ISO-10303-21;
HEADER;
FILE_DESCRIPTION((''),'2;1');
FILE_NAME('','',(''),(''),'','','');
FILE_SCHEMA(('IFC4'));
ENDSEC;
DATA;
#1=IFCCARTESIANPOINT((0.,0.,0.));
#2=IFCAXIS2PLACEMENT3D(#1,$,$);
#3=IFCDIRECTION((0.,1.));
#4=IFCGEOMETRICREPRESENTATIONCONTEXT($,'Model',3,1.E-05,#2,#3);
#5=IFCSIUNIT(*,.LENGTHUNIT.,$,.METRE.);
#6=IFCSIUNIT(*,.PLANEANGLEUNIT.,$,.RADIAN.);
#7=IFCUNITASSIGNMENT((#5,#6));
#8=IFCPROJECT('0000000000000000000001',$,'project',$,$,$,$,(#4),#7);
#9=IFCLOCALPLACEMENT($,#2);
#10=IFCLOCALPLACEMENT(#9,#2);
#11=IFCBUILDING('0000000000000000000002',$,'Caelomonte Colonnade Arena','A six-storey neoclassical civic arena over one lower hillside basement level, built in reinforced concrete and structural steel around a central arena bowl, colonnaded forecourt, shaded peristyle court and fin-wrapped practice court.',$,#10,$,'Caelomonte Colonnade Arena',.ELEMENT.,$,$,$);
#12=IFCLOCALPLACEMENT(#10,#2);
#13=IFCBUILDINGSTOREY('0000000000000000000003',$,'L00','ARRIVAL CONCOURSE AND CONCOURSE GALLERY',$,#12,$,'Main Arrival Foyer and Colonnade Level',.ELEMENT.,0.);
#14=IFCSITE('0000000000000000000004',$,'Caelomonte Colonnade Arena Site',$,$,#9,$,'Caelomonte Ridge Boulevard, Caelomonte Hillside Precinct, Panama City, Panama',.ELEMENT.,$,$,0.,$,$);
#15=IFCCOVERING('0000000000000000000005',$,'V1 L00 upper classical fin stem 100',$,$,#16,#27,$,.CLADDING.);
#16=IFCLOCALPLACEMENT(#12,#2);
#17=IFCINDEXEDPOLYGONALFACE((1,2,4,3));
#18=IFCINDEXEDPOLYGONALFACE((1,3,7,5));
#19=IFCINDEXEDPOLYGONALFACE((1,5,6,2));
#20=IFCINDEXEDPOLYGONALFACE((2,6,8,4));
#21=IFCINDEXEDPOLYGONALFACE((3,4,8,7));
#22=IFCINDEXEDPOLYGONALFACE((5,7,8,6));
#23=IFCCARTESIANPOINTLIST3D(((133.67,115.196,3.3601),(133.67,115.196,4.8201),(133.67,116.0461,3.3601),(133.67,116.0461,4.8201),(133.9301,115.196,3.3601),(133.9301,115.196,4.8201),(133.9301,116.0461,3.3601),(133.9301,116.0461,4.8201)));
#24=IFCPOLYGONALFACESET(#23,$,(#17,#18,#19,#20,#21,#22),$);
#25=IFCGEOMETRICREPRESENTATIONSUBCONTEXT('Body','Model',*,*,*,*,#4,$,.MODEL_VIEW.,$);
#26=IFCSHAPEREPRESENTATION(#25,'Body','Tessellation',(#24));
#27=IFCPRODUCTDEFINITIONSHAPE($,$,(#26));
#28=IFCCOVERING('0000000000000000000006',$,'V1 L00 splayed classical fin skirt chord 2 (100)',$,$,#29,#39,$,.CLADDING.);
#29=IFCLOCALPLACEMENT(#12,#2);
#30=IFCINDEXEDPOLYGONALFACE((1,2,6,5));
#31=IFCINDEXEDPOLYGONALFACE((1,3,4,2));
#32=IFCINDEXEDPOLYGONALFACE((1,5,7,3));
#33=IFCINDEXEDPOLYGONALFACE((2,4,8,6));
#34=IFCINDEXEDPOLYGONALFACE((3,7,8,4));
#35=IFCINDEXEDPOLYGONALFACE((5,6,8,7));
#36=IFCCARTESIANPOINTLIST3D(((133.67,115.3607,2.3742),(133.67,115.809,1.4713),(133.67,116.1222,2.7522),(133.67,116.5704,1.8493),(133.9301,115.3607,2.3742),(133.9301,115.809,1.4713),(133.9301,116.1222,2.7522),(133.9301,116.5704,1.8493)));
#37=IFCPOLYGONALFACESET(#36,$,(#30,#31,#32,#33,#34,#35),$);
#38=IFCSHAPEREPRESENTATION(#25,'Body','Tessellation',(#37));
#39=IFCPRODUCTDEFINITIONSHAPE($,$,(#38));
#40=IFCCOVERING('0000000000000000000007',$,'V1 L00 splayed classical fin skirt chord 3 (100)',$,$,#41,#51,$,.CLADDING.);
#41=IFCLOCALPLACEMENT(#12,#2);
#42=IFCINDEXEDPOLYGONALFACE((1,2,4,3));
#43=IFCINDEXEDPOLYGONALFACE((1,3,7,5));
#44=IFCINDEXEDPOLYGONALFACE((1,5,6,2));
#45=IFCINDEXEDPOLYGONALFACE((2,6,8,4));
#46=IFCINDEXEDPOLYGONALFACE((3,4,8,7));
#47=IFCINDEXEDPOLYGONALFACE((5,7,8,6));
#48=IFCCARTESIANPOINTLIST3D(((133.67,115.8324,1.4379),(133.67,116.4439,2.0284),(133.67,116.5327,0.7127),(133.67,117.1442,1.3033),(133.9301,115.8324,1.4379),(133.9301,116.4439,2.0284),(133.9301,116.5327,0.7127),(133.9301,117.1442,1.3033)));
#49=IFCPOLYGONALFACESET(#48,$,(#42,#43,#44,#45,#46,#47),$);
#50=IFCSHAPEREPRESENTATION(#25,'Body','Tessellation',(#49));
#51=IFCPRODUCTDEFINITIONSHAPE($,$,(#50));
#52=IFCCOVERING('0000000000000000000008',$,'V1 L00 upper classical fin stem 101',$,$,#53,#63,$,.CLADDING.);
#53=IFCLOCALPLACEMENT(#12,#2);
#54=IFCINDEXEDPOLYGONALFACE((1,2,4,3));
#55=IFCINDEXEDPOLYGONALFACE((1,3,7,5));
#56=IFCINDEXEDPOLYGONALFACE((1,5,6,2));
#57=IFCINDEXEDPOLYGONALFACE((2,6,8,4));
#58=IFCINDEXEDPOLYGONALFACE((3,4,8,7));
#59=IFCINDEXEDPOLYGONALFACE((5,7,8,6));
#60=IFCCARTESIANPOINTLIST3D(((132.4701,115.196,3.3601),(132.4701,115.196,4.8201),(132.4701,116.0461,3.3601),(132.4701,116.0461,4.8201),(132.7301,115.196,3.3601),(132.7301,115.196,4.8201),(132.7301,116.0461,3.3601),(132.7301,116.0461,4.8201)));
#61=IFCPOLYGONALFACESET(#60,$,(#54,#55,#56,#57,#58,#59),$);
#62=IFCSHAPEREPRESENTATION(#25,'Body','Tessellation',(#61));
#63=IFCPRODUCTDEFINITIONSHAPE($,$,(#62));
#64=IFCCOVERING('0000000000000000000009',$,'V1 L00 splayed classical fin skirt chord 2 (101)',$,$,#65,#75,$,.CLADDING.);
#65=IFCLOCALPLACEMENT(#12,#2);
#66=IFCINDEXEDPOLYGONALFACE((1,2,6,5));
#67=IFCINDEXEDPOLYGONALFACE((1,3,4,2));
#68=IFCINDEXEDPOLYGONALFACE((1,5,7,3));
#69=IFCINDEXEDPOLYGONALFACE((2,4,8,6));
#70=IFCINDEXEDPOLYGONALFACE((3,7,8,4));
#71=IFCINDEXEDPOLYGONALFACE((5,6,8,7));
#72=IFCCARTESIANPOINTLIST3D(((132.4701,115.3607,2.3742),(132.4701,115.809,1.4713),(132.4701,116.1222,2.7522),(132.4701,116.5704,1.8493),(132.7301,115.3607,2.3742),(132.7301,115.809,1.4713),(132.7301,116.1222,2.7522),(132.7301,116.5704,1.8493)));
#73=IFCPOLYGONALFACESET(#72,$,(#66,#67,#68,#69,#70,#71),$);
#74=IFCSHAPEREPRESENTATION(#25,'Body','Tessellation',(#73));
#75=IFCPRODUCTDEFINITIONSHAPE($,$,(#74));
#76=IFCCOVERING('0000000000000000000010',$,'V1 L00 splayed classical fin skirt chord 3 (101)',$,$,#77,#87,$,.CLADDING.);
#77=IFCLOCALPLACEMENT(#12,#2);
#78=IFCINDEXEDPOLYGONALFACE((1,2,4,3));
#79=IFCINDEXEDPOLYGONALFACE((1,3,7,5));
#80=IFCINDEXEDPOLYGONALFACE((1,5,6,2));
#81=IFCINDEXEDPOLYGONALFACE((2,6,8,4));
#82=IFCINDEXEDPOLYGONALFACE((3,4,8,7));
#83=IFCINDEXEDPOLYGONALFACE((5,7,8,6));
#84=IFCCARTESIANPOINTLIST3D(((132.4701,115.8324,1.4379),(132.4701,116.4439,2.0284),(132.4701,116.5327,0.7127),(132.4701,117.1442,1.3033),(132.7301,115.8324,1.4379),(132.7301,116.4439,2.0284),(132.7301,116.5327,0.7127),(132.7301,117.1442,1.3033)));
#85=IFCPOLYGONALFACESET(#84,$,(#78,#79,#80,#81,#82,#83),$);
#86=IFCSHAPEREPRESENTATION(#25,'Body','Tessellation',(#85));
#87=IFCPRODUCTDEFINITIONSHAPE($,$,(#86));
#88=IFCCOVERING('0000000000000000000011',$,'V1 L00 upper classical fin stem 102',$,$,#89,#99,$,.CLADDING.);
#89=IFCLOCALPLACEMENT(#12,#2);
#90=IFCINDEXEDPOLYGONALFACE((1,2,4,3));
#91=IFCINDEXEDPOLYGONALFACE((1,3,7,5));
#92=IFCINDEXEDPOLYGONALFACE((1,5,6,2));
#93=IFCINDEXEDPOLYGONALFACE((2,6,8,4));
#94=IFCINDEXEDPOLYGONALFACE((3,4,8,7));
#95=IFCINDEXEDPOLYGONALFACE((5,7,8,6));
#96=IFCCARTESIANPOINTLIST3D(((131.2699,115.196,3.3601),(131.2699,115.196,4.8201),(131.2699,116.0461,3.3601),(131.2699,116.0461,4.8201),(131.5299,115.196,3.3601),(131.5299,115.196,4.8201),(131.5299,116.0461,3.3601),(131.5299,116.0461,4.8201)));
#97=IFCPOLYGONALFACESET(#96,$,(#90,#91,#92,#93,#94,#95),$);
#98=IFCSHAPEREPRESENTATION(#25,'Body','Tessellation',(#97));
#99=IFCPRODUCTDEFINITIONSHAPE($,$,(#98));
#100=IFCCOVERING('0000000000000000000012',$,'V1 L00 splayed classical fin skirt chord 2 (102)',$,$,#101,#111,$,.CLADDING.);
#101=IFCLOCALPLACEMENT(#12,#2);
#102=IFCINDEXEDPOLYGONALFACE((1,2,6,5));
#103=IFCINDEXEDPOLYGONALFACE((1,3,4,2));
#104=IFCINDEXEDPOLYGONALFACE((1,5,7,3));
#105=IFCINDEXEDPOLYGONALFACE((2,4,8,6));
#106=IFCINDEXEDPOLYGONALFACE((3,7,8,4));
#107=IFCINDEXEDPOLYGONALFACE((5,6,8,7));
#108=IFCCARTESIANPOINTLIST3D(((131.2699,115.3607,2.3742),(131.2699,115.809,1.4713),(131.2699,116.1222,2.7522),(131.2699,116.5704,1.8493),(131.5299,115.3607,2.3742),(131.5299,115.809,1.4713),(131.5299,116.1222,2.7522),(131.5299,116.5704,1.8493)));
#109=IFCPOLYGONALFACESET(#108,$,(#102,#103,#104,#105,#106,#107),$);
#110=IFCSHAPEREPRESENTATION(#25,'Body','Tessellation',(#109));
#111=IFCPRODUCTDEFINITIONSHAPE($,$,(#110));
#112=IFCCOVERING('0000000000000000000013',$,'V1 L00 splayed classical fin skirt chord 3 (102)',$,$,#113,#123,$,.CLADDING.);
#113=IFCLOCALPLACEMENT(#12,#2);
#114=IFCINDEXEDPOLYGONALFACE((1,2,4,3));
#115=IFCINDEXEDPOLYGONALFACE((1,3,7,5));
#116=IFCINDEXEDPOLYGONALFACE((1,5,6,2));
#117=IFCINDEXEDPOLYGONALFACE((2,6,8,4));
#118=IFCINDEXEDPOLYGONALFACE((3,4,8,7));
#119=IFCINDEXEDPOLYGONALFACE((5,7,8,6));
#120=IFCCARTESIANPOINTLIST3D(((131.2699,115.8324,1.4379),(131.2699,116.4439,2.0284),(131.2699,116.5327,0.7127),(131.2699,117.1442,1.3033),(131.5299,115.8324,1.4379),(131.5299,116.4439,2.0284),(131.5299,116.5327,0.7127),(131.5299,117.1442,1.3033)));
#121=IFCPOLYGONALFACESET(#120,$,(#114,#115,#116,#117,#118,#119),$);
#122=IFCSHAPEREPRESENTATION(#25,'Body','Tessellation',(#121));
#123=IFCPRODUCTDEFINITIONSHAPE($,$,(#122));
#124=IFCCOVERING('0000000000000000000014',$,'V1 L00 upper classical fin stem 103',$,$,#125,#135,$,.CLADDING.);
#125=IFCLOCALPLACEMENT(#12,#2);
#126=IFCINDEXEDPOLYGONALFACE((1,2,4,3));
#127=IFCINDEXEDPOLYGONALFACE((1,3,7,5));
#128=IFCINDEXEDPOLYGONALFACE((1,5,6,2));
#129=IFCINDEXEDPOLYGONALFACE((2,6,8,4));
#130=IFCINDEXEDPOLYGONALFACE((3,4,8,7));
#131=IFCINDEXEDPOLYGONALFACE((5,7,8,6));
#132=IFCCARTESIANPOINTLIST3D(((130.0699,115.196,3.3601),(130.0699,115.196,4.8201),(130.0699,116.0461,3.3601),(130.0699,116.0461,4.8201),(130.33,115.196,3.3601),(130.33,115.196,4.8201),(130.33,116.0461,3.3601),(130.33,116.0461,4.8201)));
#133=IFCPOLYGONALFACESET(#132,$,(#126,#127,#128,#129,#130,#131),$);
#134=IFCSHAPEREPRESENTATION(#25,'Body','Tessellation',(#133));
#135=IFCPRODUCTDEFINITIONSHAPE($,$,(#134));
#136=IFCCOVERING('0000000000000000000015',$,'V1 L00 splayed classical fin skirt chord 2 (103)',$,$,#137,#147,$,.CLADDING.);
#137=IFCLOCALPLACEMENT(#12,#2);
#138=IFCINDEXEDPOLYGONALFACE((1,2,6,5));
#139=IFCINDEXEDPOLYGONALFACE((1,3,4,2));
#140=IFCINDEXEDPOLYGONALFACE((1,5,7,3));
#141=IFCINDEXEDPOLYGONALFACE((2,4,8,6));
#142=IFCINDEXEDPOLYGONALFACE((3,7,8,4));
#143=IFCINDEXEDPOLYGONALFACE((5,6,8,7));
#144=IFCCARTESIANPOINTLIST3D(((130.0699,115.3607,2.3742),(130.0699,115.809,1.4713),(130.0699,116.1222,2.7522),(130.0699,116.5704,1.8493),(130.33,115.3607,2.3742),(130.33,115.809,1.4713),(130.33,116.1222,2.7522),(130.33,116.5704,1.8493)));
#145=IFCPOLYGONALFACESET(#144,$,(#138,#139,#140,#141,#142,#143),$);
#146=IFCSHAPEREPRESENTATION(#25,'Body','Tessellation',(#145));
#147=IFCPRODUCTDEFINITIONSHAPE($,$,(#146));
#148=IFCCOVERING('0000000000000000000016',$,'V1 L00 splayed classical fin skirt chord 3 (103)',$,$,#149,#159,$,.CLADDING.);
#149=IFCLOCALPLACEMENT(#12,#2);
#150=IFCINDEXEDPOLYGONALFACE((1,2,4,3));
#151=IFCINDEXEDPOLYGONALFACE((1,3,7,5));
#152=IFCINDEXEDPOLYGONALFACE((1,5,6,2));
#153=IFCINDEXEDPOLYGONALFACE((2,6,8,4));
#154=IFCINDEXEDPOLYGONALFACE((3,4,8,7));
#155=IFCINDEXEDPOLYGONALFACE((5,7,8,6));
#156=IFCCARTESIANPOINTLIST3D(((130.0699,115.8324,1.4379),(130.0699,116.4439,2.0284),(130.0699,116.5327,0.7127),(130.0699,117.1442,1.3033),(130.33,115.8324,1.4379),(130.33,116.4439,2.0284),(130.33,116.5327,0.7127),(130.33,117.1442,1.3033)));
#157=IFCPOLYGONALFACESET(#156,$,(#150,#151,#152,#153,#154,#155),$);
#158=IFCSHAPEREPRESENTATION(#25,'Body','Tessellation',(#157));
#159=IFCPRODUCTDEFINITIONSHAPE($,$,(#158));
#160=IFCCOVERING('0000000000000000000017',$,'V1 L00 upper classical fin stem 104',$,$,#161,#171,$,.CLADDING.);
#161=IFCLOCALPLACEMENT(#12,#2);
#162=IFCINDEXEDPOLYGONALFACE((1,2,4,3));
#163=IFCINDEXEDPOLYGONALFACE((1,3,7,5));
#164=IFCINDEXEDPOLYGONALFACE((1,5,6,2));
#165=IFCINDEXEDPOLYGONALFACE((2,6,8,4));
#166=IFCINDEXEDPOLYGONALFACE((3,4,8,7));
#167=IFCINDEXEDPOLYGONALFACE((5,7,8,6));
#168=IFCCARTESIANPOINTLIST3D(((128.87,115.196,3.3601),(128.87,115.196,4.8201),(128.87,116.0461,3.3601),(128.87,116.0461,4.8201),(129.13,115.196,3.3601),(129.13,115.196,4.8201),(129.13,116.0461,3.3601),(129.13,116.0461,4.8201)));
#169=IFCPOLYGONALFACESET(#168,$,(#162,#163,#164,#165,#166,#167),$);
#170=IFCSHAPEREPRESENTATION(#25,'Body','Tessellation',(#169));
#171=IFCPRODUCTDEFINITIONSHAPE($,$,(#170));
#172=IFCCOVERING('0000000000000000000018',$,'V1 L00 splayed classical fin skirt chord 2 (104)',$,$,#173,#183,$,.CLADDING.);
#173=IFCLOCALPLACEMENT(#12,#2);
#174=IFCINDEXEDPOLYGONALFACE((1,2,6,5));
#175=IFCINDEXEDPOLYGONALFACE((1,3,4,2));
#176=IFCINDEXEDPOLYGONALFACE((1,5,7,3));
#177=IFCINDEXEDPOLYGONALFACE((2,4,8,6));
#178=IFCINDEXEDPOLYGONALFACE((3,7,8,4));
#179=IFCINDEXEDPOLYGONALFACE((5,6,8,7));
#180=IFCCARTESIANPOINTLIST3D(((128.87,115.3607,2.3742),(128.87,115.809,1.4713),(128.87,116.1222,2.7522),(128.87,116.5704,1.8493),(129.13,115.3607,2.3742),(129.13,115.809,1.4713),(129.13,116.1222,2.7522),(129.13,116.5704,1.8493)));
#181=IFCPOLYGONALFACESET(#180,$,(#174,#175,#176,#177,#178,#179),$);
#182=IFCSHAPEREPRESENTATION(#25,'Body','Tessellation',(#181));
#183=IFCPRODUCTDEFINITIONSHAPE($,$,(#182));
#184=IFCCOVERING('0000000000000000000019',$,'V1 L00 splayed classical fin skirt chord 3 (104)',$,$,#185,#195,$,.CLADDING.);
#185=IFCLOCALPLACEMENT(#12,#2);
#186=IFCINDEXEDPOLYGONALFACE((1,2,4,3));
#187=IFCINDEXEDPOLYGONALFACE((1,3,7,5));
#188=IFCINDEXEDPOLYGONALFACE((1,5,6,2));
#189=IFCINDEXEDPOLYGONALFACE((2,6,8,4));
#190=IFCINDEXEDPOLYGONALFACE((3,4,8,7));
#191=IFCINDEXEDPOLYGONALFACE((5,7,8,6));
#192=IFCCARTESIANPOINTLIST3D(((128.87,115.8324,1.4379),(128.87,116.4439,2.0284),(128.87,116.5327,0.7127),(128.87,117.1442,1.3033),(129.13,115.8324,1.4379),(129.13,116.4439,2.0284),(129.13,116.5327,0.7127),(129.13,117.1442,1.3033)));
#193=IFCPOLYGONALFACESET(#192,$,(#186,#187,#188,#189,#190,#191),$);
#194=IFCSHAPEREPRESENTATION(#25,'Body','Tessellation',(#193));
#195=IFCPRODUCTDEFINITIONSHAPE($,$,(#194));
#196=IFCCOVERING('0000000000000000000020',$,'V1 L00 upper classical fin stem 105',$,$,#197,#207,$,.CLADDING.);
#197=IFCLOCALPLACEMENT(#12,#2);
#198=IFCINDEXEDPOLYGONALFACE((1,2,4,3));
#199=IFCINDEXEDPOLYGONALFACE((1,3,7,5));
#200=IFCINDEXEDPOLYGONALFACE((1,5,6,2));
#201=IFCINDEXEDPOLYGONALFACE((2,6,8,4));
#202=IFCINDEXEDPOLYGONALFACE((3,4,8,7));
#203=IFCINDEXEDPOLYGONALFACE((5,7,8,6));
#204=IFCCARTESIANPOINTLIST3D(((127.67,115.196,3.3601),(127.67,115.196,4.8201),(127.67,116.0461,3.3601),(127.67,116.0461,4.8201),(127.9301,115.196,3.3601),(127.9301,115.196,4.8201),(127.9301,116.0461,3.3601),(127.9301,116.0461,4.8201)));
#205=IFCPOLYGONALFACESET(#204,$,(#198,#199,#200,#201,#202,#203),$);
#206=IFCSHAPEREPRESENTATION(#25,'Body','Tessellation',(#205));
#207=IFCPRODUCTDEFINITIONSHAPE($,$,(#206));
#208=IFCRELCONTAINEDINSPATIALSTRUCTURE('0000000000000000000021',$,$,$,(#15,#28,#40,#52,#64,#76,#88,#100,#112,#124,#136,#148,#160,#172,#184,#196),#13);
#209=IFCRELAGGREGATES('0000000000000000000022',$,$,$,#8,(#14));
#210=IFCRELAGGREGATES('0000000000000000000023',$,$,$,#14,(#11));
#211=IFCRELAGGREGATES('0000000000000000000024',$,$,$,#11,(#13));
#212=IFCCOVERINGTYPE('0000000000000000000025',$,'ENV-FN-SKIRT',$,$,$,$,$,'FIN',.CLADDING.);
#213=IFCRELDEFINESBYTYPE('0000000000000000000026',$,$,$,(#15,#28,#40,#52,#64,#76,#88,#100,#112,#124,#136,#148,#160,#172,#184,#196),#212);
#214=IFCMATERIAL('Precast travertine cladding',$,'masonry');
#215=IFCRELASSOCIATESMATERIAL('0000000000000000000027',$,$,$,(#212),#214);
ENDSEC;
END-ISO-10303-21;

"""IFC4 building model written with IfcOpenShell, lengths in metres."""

from ifc_helpers import new_model, si_unit, direction, frame, origin, origin_2d, place, context, subcontext, project, spatial, rectangle, extrude, material, material_profile, profile_set, type_object, element, save


model = new_model("IFC4")

# Units and contexts
model_context = context("Model", 3, precision=1e-05, world=origin(), true_north=direction((0.0, 1.0)))
body_context = subcontext(model_context, "Body", "Model", "MODEL_VIEW")
ifc_project = project(units=[si_unit("LENGTHUNIT", "METRE"), si_unit("PLANEANGLEUNIT", "RADIAN")], contexts=[model_context])

# Site, building, storey
site_placement = place(None, origin())
site = spatial("IfcSite", under=ifc_project, at=site_placement, Name="Caelomonte Colonnade Arena Site", LongName="Caelomonte Ridge Boulevard, Caelomonte Hillside Precinct, Panama City, Panama", CompositionType="ELEMENT", RefElevation=0.0)
building_placement = place(site_placement, origin())
building = spatial("IfcBuilding", under=site, at=building_placement, Name="Caelomonte Colonnade Arena", Description="A six-storey neoclassical civic arena over one lower hillside basement level, built in reinforced concrete and structural steel around a central arena bowl, colonnaded forecourt, shaded peristyle court and fin-wrapped practice court.", LongName="Caelomonte Colonnade Arena", CompositionType="ELEMENT")
storey_placement = place(building_placement, origin())
storey = spatial("IfcBuildingStorey", under=building, at=storey_placement, Name="L00", Description="ARRIVAL CONCOURSE AND CONCOURSE GALLERY", LongName="Main Arrival Foyer and Colonnade Level", CompositionType="ELEMENT", Elevation=0.0)

# Coverings
ifc_material = material(Name="Precast travertine cladding", Category="masonry")
ifc_material_profile = material_profile(ifc_material, rectangle(XDim=0.26, YDim=0.8501, at=origin_2d()), Name="FIN260X850")
ifc_profile_set = profile_set([ifc_material_profile], Name="Precast travertine cladding")
covering_type = type_object("IfcCoveringType", Name="ENV-FN-SKIRT", ElementType="FIN", PredefinedType="CLADDING", material=ifc_profile_set)
covering_1_placement = place(storey_placement, frame((133.8, 115.6211, 3.3601), z_axis=(0.0, 0.0, 1.0), x_axis=(1.0, 0.0, 0.0)))
element("IfcCovering", 1, at=covering_1_placement, inside=storey, type_object=covering_type, Name="V1 L00 upper classical fin stem 100", PredefinedType="CLADDING", context=body_context, shape_type="SweptSolid", body=[
    extrude(rectangle(XDim=0.26, YDim=0.8501, at=origin_2d()), origin(), (0.0, 0.0, 1.0), 1.46),
])
for number, where, z_axis, x_axis, name in (
    (2, (133.8, 115.7415, 2.5632), (0.0, 0.444693, -0.895683), (-1.0, 0.0, 0.0), "V1 L00 splayed classical fin skirt chord 2 (100)"),
    (3, (133.8, 116.1382, 1.7332), (0.0, 0.694646, -0.719351), (-1.0, 0.0, 0.0), "V1 L00 splayed classical fin skirt chord 3 (100)"),
):
    element("IfcCovering", number, at=place(storey_placement, frame(where, z_axis=z_axis, x_axis=x_axis)), inside=storey, type_object=covering_type, Name=name, PredefinedType="CLADDING", context=body_context, shape_type="SweptSolid", body=[
        extrude(rectangle(XDim=0.26, YDim=0.8501, at=origin_2d()), origin(), (0.0, 0.0, 1.0), 1.0081),
    ])
covering_2_placement = place(storey_placement, frame((132.6001, 115.6211, 3.3601), z_axis=(0.0, 0.0, 1.0), x_axis=(1.0, 0.0, 0.0)))
element("IfcCovering", 4, at=covering_2_placement, inside=storey, type_object=covering_type, Name="V1 L00 upper classical fin stem 101", PredefinedType="CLADDING", context=body_context, shape_type="SweptSolid", body=[
    extrude(rectangle(XDim=0.26, YDim=0.8501, at=origin_2d()), origin(), (0.0, 0.0, 1.0), 1.46),
])
for number, where, z_axis, x_axis, name in (
    (5, (132.6001, 115.7415, 2.5632), (0.0, 0.444693, -0.895683), (-1.0, 0.0, 0.0), "V1 L00 splayed classical fin skirt chord 2 (101)"),
    (6, (132.6001, 116.1382, 1.7332), (0.0, 0.694646, -0.719351), (-1.0, 0.0, 0.0), "V1 L00 splayed classical fin skirt chord 3 (101)"),
):
    element("IfcCovering", number, at=place(storey_placement, frame(where, z_axis=z_axis, x_axis=x_axis)), inside=storey, type_object=covering_type, Name=name, PredefinedType="CLADDING", context=body_context, shape_type="SweptSolid", body=[
        extrude(rectangle(XDim=0.26, YDim=0.8501, at=origin_2d()), origin(), (0.0, 0.0, 1.0), 1.0081),
    ])
covering_3_placement = place(storey_placement, frame((131.3999, 115.6211, 3.3601), z_axis=(0.0, 0.0, 1.0), x_axis=(1.0, 0.0, 0.0)))
element("IfcCovering", 7, at=covering_3_placement, inside=storey, type_object=covering_type, Name="V1 L00 upper classical fin stem 102", PredefinedType="CLADDING", context=body_context, shape_type="SweptSolid", body=[
    extrude(rectangle(XDim=0.26, YDim=0.8501, at=origin_2d()), origin(), (0.0, 0.0, 1.0), 1.46),
])
for number, where, z_axis, x_axis, name in (
    (8, (131.3999, 115.7415, 2.5632), (0.0, 0.444693, -0.895683), (-1.0, 0.0, 0.0), "V1 L00 splayed classical fin skirt chord 2 (102)"),
    (9, (131.3999, 116.1382, 1.7332), (0.0, 0.694646, -0.719351), (-1.0, 0.0, 0.0), "V1 L00 splayed classical fin skirt chord 3 (102)"),
):
    element("IfcCovering", number, at=place(storey_placement, frame(where, z_axis=z_axis, x_axis=x_axis)), inside=storey, type_object=covering_type, Name=name, PredefinedType="CLADDING", context=body_context, shape_type="SweptSolid", body=[
        extrude(rectangle(XDim=0.26, YDim=0.8501, at=origin_2d()), origin(), (0.0, 0.0, 1.0), 1.0081),
    ])
covering_4_placement = place(storey_placement, frame((130.2, 115.6211, 3.3601), z_axis=(0.0, 0.0, 1.0), x_axis=(1.0, 0.0, 0.0)))
element("IfcCovering", 10, at=covering_4_placement, inside=storey, type_object=covering_type, Name="V1 L00 upper classical fin stem 103", PredefinedType="CLADDING", context=body_context, shape_type="SweptSolid", body=[
    extrude(rectangle(XDim=0.26, YDim=0.8501, at=origin_2d()), origin(), (0.0, 0.0, 1.0), 1.46),
])
for number, where, z_axis, x_axis, name in (
    (11, (130.2, 115.7415, 2.5632), (0.0, 0.444693, -0.895683), (-1.0, 0.0, 0.0), "V1 L00 splayed classical fin skirt chord 2 (103)"),
    (12, (130.2, 116.1382, 1.7332), (0.0, 0.694646, -0.719351), (-1.0, 0.0, 0.0), "V1 L00 splayed classical fin skirt chord 3 (103)"),
):
    element("IfcCovering", number, at=place(storey_placement, frame(where, z_axis=z_axis, x_axis=x_axis)), inside=storey, type_object=covering_type, Name=name, PredefinedType="CLADDING", context=body_context, shape_type="SweptSolid", body=[
        extrude(rectangle(XDim=0.26, YDim=0.8501, at=origin_2d()), origin(), (0.0, 0.0, 1.0), 1.0081),
    ])
covering_5_placement = place(storey_placement, frame((129.0, 115.6211, 3.3601), z_axis=(0.0, 0.0, 1.0), x_axis=(1.0, 0.0, 0.0)))
element("IfcCovering", 13, at=covering_5_placement, inside=storey, type_object=covering_type, Name="V1 L00 upper classical fin stem 104", PredefinedType="CLADDING", context=body_context, shape_type="SweptSolid", body=[
    extrude(rectangle(XDim=0.26, YDim=0.8501, at=origin_2d()), origin(), (0.0, 0.0, 1.0), 1.46),
])
for number, where, z_axis, x_axis, name in (
    (14, (129.0, 115.7415, 2.5632), (0.0, 0.444693, -0.895683), (-1.0, 0.0, 0.0), "V1 L00 splayed classical fin skirt chord 2 (104)"),
    (15, (129.0, 116.1382, 1.7332), (0.0, 0.694646, -0.719351), (-1.0, 0.0, 0.0), "V1 L00 splayed classical fin skirt chord 3 (104)"),
):
    element("IfcCovering", number, at=place(storey_placement, frame(where, z_axis=z_axis, x_axis=x_axis)), inside=storey, type_object=covering_type, Name=name, PredefinedType="CLADDING", context=body_context, shape_type="SweptSolid", body=[
        extrude(rectangle(XDim=0.26, YDim=0.8501, at=origin_2d()), origin(), (0.0, 0.0, 1.0), 1.0081),
    ])
covering_6_placement = place(storey_placement, frame((127.8, 115.6211, 3.3601), z_axis=(0.0, 0.0, 1.0), x_axis=(1.0, 0.0, 0.0)))
element("IfcCovering", 16, at=covering_6_placement, inside=storey, type_object=covering_type, Name="V1 L00 upper classical fin stem 105", PredefinedType="CLADDING", context=body_context, shape_type="SweptSolid", body=[
    extrude(rectangle(XDim=0.26, YDim=0.8501, at=origin_2d()), origin(), (0.0, 0.0, 1.0), 1.46),
])

save(model, "model.ifc")
